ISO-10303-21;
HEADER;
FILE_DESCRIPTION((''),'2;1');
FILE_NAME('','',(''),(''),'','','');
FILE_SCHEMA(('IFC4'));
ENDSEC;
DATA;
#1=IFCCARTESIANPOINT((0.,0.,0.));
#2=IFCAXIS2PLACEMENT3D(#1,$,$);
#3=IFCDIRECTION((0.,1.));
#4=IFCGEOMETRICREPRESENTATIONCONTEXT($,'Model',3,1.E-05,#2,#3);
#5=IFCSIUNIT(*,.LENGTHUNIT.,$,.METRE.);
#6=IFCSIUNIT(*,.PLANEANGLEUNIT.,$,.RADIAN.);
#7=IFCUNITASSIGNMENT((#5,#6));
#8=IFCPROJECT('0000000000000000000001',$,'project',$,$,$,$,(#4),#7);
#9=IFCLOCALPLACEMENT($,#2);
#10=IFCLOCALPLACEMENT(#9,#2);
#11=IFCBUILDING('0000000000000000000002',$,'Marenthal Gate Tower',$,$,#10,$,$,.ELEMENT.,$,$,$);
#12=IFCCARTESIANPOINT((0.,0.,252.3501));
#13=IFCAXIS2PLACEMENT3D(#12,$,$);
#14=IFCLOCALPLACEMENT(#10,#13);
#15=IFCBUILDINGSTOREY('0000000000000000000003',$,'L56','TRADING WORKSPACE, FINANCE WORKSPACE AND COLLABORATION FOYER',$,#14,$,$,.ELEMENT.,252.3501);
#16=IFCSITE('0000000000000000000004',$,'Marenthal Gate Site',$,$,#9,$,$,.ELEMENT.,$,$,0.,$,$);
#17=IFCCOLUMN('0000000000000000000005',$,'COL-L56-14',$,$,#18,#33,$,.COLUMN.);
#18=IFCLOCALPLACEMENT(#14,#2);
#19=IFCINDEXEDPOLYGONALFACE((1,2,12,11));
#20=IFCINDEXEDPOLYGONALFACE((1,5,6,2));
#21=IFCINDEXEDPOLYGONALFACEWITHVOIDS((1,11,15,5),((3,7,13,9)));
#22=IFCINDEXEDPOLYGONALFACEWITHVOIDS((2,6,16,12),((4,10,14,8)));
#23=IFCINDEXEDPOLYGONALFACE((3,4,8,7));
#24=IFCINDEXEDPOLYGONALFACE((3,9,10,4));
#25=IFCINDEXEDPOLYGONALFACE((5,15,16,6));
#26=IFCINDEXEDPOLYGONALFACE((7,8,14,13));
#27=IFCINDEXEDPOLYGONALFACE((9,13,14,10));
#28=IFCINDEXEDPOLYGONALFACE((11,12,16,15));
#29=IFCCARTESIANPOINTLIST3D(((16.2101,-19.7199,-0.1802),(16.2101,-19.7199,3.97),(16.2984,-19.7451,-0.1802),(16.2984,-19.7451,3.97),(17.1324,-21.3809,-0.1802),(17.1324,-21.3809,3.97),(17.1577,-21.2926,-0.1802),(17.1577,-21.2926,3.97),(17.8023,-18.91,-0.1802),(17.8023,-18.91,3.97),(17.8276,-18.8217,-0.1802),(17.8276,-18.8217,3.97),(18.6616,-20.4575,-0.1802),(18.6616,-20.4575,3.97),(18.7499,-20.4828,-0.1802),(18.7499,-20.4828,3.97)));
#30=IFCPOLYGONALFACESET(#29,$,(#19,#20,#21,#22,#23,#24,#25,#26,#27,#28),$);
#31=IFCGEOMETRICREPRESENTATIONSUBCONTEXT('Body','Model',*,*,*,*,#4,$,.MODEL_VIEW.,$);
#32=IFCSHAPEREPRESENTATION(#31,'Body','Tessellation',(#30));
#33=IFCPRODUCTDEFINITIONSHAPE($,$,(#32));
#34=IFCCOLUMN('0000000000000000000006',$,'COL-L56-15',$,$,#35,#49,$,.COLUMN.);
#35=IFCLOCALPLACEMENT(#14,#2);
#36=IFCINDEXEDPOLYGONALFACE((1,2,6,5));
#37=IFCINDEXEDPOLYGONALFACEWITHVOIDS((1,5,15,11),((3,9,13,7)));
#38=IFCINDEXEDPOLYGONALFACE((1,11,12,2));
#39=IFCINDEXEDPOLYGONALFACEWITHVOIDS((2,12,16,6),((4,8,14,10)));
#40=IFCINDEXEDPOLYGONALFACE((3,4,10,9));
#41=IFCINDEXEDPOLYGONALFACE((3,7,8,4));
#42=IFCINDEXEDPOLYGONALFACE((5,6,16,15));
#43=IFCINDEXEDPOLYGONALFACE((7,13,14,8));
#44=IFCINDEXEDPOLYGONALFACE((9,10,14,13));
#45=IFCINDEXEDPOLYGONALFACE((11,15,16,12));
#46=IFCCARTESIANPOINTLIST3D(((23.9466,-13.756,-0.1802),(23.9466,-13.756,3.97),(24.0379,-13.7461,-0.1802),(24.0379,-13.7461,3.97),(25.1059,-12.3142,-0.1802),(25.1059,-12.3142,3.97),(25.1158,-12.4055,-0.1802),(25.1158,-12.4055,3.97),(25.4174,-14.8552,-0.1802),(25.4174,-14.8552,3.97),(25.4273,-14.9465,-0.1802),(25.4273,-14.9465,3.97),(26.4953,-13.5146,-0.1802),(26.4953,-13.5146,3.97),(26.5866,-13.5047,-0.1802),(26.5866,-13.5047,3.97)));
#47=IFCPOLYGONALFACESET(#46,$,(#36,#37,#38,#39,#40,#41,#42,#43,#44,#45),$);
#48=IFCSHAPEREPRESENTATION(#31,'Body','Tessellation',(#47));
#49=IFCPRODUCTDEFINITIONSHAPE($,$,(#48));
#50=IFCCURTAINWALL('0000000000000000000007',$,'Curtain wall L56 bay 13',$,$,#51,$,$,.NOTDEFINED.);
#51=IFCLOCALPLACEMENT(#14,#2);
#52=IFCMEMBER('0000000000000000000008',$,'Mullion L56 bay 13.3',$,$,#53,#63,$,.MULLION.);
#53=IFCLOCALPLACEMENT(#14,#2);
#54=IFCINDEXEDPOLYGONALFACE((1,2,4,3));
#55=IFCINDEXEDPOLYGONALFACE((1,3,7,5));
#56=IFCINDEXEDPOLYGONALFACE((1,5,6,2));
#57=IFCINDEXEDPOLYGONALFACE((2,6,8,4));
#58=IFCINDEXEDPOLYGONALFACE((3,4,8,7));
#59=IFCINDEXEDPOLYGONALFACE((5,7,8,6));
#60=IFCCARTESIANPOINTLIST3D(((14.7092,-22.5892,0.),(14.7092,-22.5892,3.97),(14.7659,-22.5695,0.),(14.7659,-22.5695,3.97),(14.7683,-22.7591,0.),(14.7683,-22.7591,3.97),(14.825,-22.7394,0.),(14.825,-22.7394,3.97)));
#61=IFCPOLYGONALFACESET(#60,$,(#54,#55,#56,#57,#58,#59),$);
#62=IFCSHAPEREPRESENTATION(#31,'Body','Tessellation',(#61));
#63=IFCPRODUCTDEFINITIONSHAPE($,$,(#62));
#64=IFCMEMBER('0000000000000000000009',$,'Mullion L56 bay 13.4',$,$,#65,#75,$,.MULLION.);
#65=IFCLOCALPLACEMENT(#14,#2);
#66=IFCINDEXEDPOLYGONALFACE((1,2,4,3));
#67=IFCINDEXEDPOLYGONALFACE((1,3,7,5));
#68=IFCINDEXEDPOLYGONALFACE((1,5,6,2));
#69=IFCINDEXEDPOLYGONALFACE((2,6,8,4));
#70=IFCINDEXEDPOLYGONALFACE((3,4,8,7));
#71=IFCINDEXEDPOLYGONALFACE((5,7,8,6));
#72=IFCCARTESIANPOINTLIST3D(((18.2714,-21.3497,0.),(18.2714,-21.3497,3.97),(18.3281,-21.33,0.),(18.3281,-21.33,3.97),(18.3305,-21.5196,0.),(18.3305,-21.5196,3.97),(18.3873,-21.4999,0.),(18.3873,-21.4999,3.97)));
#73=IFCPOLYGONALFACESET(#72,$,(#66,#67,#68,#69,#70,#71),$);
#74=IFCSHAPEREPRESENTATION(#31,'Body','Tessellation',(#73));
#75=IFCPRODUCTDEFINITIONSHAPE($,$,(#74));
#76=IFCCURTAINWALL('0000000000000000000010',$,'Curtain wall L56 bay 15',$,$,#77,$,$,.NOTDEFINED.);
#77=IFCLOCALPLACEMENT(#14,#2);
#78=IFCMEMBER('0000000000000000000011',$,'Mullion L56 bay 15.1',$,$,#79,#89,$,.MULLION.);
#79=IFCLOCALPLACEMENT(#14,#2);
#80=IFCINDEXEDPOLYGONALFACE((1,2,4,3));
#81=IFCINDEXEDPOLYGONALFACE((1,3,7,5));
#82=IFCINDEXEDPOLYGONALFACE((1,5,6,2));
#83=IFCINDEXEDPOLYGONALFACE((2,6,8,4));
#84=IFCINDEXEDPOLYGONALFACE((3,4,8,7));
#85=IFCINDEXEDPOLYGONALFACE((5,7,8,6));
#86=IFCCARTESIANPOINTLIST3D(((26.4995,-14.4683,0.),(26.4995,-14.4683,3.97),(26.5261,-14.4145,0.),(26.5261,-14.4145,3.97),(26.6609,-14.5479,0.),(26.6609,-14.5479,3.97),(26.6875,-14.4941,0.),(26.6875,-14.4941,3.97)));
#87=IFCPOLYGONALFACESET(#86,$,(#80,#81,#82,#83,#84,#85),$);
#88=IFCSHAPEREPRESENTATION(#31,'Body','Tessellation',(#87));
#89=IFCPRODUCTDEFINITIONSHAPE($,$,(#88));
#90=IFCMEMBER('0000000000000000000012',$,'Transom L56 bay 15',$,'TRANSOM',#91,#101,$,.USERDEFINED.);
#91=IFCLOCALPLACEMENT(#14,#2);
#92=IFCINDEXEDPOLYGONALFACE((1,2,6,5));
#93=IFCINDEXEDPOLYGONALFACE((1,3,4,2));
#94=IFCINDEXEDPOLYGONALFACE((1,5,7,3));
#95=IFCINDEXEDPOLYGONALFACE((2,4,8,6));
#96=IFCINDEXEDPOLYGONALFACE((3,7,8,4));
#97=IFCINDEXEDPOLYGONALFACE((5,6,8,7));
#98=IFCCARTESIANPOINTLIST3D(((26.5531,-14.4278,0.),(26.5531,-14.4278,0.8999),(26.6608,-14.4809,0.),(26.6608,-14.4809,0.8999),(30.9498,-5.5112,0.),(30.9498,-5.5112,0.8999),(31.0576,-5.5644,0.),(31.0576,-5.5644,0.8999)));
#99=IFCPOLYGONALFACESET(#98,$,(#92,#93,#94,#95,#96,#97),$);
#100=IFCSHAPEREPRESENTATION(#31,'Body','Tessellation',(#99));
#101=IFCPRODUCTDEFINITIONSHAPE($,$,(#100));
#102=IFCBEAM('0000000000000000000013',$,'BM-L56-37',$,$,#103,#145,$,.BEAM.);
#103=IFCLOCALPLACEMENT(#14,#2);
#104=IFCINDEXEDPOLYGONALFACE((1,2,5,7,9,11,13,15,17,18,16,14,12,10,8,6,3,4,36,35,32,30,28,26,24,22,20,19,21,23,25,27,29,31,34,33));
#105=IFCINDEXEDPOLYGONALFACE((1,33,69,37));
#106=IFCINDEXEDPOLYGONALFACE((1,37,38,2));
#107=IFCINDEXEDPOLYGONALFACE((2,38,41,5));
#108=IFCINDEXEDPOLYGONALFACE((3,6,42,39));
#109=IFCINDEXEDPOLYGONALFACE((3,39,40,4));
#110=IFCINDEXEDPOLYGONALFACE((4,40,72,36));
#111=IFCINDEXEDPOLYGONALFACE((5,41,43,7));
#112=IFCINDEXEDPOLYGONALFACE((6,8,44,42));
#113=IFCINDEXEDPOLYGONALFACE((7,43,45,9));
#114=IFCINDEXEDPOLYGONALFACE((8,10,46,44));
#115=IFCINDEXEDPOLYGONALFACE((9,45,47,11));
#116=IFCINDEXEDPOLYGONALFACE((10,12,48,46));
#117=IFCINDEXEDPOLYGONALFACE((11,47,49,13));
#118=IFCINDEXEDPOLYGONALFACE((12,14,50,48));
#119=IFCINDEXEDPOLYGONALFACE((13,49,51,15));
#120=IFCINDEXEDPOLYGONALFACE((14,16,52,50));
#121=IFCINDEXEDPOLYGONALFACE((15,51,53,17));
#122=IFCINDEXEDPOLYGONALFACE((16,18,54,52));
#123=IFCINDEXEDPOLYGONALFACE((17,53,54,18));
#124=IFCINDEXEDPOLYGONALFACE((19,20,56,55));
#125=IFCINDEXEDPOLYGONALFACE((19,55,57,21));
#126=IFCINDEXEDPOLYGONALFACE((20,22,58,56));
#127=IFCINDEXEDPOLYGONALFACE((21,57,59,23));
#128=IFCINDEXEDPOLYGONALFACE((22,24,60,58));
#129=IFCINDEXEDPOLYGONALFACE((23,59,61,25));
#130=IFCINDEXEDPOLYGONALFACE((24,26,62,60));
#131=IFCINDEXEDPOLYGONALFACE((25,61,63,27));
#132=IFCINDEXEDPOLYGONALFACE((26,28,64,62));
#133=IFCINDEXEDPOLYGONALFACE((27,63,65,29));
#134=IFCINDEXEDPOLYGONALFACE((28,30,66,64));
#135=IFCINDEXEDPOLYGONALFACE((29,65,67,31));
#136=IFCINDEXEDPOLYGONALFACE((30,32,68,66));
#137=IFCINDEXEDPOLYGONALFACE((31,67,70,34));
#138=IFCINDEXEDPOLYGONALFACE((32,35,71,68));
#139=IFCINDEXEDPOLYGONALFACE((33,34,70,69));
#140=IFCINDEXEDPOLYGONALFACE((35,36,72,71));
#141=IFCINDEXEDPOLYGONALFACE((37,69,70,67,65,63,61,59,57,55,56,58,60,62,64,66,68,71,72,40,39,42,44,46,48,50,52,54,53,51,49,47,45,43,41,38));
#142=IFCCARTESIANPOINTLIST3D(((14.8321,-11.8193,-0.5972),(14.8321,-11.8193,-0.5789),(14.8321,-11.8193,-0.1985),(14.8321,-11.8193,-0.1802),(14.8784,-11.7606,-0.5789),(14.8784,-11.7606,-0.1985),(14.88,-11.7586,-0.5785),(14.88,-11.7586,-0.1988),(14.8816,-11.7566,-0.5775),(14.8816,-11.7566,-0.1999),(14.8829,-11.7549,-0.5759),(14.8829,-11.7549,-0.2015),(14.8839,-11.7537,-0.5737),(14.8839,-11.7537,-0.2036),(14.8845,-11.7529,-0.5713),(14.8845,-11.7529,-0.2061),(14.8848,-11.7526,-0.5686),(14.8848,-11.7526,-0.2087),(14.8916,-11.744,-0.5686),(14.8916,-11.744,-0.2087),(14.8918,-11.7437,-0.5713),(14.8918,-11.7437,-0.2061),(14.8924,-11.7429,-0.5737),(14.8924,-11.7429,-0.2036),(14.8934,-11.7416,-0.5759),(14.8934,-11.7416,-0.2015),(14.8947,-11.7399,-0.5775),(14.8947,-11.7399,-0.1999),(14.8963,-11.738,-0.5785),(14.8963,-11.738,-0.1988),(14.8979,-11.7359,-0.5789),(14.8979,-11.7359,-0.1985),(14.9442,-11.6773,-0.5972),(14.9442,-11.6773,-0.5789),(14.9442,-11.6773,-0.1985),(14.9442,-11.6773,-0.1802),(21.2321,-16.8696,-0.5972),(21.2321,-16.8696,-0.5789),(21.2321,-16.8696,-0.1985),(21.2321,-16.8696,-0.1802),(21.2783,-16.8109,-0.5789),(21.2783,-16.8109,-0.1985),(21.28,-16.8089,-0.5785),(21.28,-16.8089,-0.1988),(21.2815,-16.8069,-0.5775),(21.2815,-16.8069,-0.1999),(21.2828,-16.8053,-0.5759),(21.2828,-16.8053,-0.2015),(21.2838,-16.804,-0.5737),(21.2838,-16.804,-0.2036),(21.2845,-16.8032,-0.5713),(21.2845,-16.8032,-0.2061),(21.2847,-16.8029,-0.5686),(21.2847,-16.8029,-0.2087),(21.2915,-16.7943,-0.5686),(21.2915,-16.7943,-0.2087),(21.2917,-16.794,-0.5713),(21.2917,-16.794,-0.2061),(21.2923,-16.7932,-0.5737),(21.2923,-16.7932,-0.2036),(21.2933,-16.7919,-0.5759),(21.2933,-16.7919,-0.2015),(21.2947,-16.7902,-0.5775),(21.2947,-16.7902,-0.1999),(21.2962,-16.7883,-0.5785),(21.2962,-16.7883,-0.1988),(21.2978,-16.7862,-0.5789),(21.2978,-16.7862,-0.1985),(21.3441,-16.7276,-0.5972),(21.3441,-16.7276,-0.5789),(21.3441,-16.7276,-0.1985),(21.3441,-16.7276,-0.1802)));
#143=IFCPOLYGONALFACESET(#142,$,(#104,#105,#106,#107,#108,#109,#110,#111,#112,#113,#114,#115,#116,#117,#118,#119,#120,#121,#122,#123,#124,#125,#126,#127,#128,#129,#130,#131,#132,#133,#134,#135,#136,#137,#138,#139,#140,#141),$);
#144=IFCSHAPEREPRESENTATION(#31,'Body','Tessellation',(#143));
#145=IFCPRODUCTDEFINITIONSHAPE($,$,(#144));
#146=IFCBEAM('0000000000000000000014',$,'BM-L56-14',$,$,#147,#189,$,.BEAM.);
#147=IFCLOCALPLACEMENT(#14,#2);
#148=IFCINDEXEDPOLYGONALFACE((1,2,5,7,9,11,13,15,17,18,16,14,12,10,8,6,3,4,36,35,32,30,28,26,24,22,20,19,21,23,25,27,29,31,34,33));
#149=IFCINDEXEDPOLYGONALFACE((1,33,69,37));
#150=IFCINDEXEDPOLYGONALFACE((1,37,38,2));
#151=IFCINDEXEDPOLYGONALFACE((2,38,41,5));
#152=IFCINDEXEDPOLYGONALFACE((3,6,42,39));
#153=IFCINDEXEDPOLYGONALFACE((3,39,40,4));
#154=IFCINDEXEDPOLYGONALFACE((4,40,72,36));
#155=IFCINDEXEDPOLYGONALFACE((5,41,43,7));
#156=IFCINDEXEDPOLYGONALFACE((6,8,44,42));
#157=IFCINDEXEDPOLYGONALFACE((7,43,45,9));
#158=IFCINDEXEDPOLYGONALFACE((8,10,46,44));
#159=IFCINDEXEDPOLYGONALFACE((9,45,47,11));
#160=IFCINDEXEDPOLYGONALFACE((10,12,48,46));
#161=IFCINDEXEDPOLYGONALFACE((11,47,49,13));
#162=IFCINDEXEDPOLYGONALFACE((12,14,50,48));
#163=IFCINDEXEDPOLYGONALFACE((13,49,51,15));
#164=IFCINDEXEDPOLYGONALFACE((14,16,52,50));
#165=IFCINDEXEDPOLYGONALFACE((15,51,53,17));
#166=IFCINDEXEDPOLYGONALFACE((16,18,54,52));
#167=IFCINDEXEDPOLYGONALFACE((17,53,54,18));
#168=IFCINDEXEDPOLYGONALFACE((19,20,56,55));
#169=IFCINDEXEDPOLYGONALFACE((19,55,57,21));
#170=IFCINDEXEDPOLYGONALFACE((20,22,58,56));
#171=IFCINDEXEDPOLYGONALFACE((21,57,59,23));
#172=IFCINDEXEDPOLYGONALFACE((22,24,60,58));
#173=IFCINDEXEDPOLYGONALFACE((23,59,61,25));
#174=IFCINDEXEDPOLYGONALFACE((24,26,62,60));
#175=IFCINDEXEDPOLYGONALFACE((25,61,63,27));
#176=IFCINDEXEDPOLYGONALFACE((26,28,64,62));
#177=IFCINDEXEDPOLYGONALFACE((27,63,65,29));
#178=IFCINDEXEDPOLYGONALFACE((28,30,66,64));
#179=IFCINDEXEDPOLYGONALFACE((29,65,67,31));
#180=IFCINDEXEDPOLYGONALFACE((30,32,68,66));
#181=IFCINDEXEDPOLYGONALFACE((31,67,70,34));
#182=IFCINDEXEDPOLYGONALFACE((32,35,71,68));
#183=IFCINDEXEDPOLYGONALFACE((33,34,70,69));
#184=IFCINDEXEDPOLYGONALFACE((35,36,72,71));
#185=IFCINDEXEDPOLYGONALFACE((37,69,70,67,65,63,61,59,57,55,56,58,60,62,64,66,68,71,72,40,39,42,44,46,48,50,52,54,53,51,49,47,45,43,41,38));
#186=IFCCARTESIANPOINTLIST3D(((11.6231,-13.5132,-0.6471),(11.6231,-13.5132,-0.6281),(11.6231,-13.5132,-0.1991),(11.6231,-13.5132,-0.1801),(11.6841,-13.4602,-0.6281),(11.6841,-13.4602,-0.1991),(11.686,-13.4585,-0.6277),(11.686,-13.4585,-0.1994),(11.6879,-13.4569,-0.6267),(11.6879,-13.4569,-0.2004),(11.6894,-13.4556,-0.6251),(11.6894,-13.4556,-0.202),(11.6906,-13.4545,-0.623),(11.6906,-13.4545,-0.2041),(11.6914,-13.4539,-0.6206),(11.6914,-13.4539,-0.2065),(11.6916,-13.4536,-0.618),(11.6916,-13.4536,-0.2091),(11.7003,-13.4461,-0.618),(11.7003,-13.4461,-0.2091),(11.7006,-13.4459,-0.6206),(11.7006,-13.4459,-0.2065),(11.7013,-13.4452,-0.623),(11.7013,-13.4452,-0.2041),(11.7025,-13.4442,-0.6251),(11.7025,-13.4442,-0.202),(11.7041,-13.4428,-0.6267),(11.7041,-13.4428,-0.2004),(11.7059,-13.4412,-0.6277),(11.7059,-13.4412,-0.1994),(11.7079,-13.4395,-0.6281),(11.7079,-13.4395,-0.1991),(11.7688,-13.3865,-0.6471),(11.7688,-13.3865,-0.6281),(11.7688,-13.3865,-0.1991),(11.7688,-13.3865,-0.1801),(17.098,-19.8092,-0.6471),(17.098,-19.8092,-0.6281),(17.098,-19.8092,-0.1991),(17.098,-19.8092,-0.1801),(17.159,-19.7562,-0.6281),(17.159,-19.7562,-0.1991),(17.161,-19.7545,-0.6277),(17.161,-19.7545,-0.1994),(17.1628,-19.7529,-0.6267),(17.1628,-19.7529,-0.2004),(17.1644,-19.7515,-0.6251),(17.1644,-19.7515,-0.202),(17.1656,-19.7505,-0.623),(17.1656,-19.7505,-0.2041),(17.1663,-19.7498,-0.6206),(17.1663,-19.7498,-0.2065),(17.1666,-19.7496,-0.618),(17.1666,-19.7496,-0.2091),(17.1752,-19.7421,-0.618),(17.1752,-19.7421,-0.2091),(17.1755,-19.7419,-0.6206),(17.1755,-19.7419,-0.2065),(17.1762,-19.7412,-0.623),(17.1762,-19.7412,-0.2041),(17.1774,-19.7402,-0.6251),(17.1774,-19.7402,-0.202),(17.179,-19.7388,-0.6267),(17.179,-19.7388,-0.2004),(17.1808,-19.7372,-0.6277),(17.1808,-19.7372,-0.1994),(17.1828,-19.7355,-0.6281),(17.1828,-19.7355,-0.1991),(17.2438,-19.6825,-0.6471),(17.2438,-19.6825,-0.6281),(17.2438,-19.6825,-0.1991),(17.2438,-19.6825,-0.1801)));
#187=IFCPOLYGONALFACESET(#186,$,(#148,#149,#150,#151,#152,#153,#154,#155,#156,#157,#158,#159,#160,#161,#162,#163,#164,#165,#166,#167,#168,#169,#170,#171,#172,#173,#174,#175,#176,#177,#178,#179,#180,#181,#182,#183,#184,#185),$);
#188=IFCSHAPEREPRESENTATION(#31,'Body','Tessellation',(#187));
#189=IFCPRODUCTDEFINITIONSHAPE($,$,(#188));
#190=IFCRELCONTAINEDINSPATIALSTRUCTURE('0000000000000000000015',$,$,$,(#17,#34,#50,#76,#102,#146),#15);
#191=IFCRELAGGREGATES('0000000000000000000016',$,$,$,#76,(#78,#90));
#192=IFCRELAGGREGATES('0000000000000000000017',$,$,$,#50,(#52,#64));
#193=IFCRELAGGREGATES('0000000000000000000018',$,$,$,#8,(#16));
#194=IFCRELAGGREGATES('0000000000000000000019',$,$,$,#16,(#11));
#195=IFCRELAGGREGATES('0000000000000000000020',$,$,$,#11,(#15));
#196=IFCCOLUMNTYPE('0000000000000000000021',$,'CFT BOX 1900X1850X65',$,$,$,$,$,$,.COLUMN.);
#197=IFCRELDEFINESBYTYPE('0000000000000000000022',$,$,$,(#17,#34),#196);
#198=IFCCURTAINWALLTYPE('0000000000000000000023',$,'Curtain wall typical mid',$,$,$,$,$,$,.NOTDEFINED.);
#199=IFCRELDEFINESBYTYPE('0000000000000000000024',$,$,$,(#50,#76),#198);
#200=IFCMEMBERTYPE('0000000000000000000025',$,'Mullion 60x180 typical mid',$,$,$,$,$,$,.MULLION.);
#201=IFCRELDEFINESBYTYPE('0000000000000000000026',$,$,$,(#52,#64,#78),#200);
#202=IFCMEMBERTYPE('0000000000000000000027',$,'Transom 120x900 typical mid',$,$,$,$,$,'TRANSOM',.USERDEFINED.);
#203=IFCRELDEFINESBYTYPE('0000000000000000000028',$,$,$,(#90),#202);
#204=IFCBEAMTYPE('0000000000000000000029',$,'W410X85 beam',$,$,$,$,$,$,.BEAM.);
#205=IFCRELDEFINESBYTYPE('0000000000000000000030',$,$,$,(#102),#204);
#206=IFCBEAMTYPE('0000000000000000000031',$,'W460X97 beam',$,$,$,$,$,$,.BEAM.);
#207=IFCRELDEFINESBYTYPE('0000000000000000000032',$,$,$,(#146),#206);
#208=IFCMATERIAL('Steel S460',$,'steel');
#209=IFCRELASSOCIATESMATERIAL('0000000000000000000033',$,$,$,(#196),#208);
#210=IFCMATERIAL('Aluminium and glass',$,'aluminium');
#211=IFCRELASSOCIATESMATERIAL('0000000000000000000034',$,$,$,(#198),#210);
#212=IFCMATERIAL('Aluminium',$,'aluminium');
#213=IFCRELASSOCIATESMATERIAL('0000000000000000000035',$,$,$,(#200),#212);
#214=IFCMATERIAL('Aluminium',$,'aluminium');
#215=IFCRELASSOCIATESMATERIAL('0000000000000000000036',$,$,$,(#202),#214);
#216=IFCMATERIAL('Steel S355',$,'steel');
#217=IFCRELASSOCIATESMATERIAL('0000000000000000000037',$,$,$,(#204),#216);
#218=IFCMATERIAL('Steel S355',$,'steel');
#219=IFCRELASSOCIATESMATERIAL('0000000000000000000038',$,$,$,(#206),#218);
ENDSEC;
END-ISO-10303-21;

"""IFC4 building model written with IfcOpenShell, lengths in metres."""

from ifc_helpers import new_model, si_unit, direction, frame, origin, origin_2d, place, context, subcontext, project, spatial, rectangle, hollow_rectangle, i_section, extrude, material, material_profile, profile_set, type_object, element, aggregate, save


model = new_model("IFC4")

# Units and contexts
model_context = context("Model", 3, precision=1e-05, world=origin(), true_north=direction((0.0, 1.0)))
body_context = subcontext(model_context, "Body", "Model", "MODEL_VIEW")
ifc_project = project(units=[si_unit("LENGTHUNIT", "METRE"), si_unit("PLANEANGLEUNIT", "RADIAN")], contexts=[model_context])

# Site, building, storey
site_placement = place(None, origin())
site = spatial("IfcSite", under=ifc_project, at=site_placement, Name="Marenthal Gate Site", CompositionType="ELEMENT", RefElevation=0.0)
building_placement = place(site_placement, origin())
building = spatial("IfcBuilding", under=site, at=building_placement, Name="Marenthal Gate Tower", CompositionType="ELEMENT")
storey_placement = place(building_placement, frame((0.0, 0.0, 252.3501)))
storey = spatial("IfcBuildingStorey", under=building, at=storey_placement, Name="L56", Description="TRADING WORKSPACE, FINANCE WORKSPACE AND COLLABORATION FOYER", CompositionType="ELEMENT", Elevation=252.3501)

# Columns
ifc_material_1 = material(Name="Steel S460", Category="steel")
ifc_material_profile_1 = material_profile(ifc_material_1, hollow_rectangle(XDim=1.8501, YDim=1.8999, WallThickness=0.0649, at=origin_2d()), Name="CFT BOX 1900X1850X65")
ifc_material_2 = material(Name="Concrete 70 MPa", Category="concrete")
ifc_material_profile_2 = material_profile(ifc_material_2, rectangle(XDim=1.72, YDim=1.77, at=origin_2d()), Name="CFT BOX 1900X1850X65 INFILL")
ifc_profile_set_1 = profile_set([ifc_material_profile_1, ifc_material_profile_2], Name="Steel S460 shell, Concrete 70 MPa infill")
column_type = type_object("IfcColumnType", Name="CFT BOX 1900X1850X65", PredefinedType="COLUMN", material=ifc_profile_set_1)
for number, where, z_axis, x_axis, name in (
    (1, (17.48, -20.1013, -0.1802), (0.0, 0.0, 1.0), (-0.874262, -0.485454, 0.0), "COL-L56-14"),
    (2, (25.2666, -13.6304, -0.1802), (0.0, 0.0, 1.0), (-0.626615, -0.779329, 0.0), "COL-L56-15"),
):
    element("IfcColumn", number, at=place(storey_placement, frame(where, z_axis=z_axis, x_axis=x_axis)), inside=storey, type_object=column_type, Name=name, PredefinedType="COLUMN", context=body_context, shape_type="SweptSolid", body=[
        extrude(hollow_rectangle(XDim=1.8501, YDim=1.8999, WallThickness=0.0649, at=origin_2d()), origin(), (0.0, 0.0, 1.0), 4.1501),
    ])

# Curtain walls, members
ifc_material_3 = material(Name="Aluminium and glass", Category="aluminium")
curtain_wall_type = type_object("IfcCurtainWallType", Name="Curtain wall typical mid", PredefinedType="NOTDEFINED", material=ifc_material_3)
curtain_wall_1_placement = place(storey_placement, origin())
curtain_wall_1 = element("IfcCurtainWall", 3, at=curtain_wall_1_placement, inside=storey, type_object=curtain_wall_type, Name="Curtain wall L56 bay 13", PredefinedType="NOTDEFINED")
ifc_material_4 = material(Name="Aluminium", Category="aluminium")
ifc_material_profile_3 = material_profile(ifc_material_4, rectangle(XDim=0.1799, YDim=0.0601, at=origin_2d()), Name="60x180 aluminium mullion")
ifc_profile_set_2 = profile_set([ifc_material_profile_3], Name="Aluminium")
member_type_1 = type_object("IfcMemberType", Name="Mullion 60x180 typical mid", PredefinedType="MULLION", material=ifc_profile_set_2)
member_1_placement = place(storey_placement, frame((14.7671, -22.6643, 0.0), z_axis=(0.0, 0.0, 1.0), x_axis=(-0.328612, 0.944465, 0.0)))
member_1 = element("IfcMember", 4, at=member_1_placement, type_object=member_type_1, Name="Mullion L56 bay 13.3", PredefinedType="MULLION", context=body_context, shape_type="SweptSolid", body=[
    extrude(rectangle(XDim=0.1799, YDim=0.0601, at=origin_2d()), origin(), (0.0, 0.0, 1.0), 3.97),
])
member_2_placement = place(storey_placement, frame((18.3293, -21.4248, 0.0), z_axis=(0.0, 0.0, 1.0), x_axis=(-0.328612, 0.944465, 0.0)))
member_2 = element("IfcMember", 5, at=member_2_placement, type_object=member_type_1, Name="Mullion L56 bay 13.4", PredefinedType="MULLION", context=body_context, shape_type="SweptSolid", body=[
    extrude(rectangle(XDim=0.1799, YDim=0.0601, at=origin_2d()), origin(), (0.0, 0.0, 1.0), 3.97),
])
curtain_wall_2_placement = place(storey_placement, origin())
curtain_wall_2 = element("IfcCurtainWall", 6, at=curtain_wall_2_placement, inside=storey, type_object=curtain_wall_type, Name="Curtain wall L56 bay 15", PredefinedType="NOTDEFINED")
member_3_placement = place(storey_placement, frame((26.5935, -14.4812, 0.0), z_axis=(0.0, 0.0, 1.0), x_axis=(-0.896882, 0.442269, 0.0)))
member_3 = element("IfcMember", 7, at=member_3_placement, type_object=member_type_1, Name="Mullion L56 bay 15.1", PredefinedType="MULLION", context=body_context, shape_type="SweptSolid", body=[
    extrude(rectangle(XDim=0.1799, YDim=0.0601, at=origin_2d()), origin(), (0.0, 0.0, 1.0), 3.97),
])
ifc_material_5 = material(Name="Aluminium", Category="aluminium")
ifc_material_profile_4 = material_profile(ifc_material_5, rectangle(XDim=0.1201, YDim=0.8999, at=origin_2d()), Name="120x900 aluminium transom")
ifc_profile_set_3 = profile_set([ifc_material_profile_4], Name="Aluminium")
member_type_2 = type_object("IfcMemberType", Name="Transom 120x900 typical mid", ElementType="TRANSOM", PredefinedType="USERDEFINED", material=ifc_profile_set_3)
member_4_placement = place(storey_placement, frame((26.6069, -14.4543, 0.45), z_axis=(0.442256, 0.896889, 0.0), x_axis=(-0.896889, 0.442256, 0.0)))
member_4 = element("IfcMember", 8, at=member_4_placement, type_object=member_type_2, Name="Transom L56 bay 15", ObjectType="TRANSOM", PredefinedType="USERDEFINED", context=body_context, shape_type="SweptSolid", body=[
    extrude(rectangle(XDim=0.1201, YDim=0.8999, at=origin_2d()), origin(), (0.0, 0.0, 1.0), 9.9417),
])
aggregate(curtain_wall_2, [member_3, member_4])

# Beams
ifc_material_6 = material(Name="Steel S355", Category="steel")
ifc_material_profile_5 = material_profile(ifc_material_6, i_section(OverallWidth=0.1809, OverallDepth=0.417, WebThickness=0.011, FlangeThickness=0.0183, FilletRadius=0.0103, at=origin_2d()), Name="W410X85")
ifc_profile_set_4 = profile_set([ifc_material_profile_5], Name="Steel S355")
beam_type_1 = type_object("IfcBeamType", Name="W410X85 beam", PredefinedType="BEAM", material=ifc_profile_set_4)
beam_1_placement = place(storey_placement, frame((21.2881, -16.7986, -0.3887), z_axis=(-0.785018, 0.619473, 0.0), x_axis=(-0.619473, -0.785018, 0.0)))
element("IfcBeam", 9, at=beam_1_placement, inside=storey, type_object=beam_type_1, Name="BM-L56-37", PredefinedType="BEAM", context=body_context, shape_type="SweptSolid", body=[
    extrude(i_section(OverallWidth=0.1809, OverallDepth=0.417, WebThickness=0.011, FlangeThickness=0.0183, FilletRadius=0.0103, at=origin_2d()), origin(), (0.0, 0.0, 1.0), 8.1526),
])
ifc_material_7 = material(Name="Steel S355", Category="steel")
ifc_material_profile_6 = material_profile(ifc_material_7, i_section(OverallWidth=0.1931, OverallDepth=0.467, WebThickness=0.0115, FlangeThickness=0.019, FilletRadius=0.01, at=origin_2d()), Name="W460X97")
ifc_profile_set_5 = profile_set([ifc_material_profile_6], Name="Steel S355")
beam_type_2 = type_object("IfcBeamType", Name="W460X97 beam", PredefinedType="BEAM", material=ifc_profile_set_5)
beam_2_placement = place(storey_placement, frame((17.1709, -19.7458, -0.4136), z_axis=(-0.65619, 0.754596, 0.0), x_axis=(-0.754596, -0.65619, 0.0)))
element("IfcBeam", 10, at=beam_2_placement, inside=storey, type_object=beam_type_2, Name="BM-L56-14", PredefinedType="BEAM", context=body_context, shape_type="SweptSolid", body=[
    extrude(i_section(OverallWidth=0.1931, OverallDepth=0.467, WebThickness=0.0115, FlangeThickness=0.019, FilletRadius=0.01, at=origin_2d()), origin(), (0.0, 0.0, 1.0), 8.3435),
])

aggregate(curtain_wall_1, [member_1, member_2])

save(model, "model.ifc")
